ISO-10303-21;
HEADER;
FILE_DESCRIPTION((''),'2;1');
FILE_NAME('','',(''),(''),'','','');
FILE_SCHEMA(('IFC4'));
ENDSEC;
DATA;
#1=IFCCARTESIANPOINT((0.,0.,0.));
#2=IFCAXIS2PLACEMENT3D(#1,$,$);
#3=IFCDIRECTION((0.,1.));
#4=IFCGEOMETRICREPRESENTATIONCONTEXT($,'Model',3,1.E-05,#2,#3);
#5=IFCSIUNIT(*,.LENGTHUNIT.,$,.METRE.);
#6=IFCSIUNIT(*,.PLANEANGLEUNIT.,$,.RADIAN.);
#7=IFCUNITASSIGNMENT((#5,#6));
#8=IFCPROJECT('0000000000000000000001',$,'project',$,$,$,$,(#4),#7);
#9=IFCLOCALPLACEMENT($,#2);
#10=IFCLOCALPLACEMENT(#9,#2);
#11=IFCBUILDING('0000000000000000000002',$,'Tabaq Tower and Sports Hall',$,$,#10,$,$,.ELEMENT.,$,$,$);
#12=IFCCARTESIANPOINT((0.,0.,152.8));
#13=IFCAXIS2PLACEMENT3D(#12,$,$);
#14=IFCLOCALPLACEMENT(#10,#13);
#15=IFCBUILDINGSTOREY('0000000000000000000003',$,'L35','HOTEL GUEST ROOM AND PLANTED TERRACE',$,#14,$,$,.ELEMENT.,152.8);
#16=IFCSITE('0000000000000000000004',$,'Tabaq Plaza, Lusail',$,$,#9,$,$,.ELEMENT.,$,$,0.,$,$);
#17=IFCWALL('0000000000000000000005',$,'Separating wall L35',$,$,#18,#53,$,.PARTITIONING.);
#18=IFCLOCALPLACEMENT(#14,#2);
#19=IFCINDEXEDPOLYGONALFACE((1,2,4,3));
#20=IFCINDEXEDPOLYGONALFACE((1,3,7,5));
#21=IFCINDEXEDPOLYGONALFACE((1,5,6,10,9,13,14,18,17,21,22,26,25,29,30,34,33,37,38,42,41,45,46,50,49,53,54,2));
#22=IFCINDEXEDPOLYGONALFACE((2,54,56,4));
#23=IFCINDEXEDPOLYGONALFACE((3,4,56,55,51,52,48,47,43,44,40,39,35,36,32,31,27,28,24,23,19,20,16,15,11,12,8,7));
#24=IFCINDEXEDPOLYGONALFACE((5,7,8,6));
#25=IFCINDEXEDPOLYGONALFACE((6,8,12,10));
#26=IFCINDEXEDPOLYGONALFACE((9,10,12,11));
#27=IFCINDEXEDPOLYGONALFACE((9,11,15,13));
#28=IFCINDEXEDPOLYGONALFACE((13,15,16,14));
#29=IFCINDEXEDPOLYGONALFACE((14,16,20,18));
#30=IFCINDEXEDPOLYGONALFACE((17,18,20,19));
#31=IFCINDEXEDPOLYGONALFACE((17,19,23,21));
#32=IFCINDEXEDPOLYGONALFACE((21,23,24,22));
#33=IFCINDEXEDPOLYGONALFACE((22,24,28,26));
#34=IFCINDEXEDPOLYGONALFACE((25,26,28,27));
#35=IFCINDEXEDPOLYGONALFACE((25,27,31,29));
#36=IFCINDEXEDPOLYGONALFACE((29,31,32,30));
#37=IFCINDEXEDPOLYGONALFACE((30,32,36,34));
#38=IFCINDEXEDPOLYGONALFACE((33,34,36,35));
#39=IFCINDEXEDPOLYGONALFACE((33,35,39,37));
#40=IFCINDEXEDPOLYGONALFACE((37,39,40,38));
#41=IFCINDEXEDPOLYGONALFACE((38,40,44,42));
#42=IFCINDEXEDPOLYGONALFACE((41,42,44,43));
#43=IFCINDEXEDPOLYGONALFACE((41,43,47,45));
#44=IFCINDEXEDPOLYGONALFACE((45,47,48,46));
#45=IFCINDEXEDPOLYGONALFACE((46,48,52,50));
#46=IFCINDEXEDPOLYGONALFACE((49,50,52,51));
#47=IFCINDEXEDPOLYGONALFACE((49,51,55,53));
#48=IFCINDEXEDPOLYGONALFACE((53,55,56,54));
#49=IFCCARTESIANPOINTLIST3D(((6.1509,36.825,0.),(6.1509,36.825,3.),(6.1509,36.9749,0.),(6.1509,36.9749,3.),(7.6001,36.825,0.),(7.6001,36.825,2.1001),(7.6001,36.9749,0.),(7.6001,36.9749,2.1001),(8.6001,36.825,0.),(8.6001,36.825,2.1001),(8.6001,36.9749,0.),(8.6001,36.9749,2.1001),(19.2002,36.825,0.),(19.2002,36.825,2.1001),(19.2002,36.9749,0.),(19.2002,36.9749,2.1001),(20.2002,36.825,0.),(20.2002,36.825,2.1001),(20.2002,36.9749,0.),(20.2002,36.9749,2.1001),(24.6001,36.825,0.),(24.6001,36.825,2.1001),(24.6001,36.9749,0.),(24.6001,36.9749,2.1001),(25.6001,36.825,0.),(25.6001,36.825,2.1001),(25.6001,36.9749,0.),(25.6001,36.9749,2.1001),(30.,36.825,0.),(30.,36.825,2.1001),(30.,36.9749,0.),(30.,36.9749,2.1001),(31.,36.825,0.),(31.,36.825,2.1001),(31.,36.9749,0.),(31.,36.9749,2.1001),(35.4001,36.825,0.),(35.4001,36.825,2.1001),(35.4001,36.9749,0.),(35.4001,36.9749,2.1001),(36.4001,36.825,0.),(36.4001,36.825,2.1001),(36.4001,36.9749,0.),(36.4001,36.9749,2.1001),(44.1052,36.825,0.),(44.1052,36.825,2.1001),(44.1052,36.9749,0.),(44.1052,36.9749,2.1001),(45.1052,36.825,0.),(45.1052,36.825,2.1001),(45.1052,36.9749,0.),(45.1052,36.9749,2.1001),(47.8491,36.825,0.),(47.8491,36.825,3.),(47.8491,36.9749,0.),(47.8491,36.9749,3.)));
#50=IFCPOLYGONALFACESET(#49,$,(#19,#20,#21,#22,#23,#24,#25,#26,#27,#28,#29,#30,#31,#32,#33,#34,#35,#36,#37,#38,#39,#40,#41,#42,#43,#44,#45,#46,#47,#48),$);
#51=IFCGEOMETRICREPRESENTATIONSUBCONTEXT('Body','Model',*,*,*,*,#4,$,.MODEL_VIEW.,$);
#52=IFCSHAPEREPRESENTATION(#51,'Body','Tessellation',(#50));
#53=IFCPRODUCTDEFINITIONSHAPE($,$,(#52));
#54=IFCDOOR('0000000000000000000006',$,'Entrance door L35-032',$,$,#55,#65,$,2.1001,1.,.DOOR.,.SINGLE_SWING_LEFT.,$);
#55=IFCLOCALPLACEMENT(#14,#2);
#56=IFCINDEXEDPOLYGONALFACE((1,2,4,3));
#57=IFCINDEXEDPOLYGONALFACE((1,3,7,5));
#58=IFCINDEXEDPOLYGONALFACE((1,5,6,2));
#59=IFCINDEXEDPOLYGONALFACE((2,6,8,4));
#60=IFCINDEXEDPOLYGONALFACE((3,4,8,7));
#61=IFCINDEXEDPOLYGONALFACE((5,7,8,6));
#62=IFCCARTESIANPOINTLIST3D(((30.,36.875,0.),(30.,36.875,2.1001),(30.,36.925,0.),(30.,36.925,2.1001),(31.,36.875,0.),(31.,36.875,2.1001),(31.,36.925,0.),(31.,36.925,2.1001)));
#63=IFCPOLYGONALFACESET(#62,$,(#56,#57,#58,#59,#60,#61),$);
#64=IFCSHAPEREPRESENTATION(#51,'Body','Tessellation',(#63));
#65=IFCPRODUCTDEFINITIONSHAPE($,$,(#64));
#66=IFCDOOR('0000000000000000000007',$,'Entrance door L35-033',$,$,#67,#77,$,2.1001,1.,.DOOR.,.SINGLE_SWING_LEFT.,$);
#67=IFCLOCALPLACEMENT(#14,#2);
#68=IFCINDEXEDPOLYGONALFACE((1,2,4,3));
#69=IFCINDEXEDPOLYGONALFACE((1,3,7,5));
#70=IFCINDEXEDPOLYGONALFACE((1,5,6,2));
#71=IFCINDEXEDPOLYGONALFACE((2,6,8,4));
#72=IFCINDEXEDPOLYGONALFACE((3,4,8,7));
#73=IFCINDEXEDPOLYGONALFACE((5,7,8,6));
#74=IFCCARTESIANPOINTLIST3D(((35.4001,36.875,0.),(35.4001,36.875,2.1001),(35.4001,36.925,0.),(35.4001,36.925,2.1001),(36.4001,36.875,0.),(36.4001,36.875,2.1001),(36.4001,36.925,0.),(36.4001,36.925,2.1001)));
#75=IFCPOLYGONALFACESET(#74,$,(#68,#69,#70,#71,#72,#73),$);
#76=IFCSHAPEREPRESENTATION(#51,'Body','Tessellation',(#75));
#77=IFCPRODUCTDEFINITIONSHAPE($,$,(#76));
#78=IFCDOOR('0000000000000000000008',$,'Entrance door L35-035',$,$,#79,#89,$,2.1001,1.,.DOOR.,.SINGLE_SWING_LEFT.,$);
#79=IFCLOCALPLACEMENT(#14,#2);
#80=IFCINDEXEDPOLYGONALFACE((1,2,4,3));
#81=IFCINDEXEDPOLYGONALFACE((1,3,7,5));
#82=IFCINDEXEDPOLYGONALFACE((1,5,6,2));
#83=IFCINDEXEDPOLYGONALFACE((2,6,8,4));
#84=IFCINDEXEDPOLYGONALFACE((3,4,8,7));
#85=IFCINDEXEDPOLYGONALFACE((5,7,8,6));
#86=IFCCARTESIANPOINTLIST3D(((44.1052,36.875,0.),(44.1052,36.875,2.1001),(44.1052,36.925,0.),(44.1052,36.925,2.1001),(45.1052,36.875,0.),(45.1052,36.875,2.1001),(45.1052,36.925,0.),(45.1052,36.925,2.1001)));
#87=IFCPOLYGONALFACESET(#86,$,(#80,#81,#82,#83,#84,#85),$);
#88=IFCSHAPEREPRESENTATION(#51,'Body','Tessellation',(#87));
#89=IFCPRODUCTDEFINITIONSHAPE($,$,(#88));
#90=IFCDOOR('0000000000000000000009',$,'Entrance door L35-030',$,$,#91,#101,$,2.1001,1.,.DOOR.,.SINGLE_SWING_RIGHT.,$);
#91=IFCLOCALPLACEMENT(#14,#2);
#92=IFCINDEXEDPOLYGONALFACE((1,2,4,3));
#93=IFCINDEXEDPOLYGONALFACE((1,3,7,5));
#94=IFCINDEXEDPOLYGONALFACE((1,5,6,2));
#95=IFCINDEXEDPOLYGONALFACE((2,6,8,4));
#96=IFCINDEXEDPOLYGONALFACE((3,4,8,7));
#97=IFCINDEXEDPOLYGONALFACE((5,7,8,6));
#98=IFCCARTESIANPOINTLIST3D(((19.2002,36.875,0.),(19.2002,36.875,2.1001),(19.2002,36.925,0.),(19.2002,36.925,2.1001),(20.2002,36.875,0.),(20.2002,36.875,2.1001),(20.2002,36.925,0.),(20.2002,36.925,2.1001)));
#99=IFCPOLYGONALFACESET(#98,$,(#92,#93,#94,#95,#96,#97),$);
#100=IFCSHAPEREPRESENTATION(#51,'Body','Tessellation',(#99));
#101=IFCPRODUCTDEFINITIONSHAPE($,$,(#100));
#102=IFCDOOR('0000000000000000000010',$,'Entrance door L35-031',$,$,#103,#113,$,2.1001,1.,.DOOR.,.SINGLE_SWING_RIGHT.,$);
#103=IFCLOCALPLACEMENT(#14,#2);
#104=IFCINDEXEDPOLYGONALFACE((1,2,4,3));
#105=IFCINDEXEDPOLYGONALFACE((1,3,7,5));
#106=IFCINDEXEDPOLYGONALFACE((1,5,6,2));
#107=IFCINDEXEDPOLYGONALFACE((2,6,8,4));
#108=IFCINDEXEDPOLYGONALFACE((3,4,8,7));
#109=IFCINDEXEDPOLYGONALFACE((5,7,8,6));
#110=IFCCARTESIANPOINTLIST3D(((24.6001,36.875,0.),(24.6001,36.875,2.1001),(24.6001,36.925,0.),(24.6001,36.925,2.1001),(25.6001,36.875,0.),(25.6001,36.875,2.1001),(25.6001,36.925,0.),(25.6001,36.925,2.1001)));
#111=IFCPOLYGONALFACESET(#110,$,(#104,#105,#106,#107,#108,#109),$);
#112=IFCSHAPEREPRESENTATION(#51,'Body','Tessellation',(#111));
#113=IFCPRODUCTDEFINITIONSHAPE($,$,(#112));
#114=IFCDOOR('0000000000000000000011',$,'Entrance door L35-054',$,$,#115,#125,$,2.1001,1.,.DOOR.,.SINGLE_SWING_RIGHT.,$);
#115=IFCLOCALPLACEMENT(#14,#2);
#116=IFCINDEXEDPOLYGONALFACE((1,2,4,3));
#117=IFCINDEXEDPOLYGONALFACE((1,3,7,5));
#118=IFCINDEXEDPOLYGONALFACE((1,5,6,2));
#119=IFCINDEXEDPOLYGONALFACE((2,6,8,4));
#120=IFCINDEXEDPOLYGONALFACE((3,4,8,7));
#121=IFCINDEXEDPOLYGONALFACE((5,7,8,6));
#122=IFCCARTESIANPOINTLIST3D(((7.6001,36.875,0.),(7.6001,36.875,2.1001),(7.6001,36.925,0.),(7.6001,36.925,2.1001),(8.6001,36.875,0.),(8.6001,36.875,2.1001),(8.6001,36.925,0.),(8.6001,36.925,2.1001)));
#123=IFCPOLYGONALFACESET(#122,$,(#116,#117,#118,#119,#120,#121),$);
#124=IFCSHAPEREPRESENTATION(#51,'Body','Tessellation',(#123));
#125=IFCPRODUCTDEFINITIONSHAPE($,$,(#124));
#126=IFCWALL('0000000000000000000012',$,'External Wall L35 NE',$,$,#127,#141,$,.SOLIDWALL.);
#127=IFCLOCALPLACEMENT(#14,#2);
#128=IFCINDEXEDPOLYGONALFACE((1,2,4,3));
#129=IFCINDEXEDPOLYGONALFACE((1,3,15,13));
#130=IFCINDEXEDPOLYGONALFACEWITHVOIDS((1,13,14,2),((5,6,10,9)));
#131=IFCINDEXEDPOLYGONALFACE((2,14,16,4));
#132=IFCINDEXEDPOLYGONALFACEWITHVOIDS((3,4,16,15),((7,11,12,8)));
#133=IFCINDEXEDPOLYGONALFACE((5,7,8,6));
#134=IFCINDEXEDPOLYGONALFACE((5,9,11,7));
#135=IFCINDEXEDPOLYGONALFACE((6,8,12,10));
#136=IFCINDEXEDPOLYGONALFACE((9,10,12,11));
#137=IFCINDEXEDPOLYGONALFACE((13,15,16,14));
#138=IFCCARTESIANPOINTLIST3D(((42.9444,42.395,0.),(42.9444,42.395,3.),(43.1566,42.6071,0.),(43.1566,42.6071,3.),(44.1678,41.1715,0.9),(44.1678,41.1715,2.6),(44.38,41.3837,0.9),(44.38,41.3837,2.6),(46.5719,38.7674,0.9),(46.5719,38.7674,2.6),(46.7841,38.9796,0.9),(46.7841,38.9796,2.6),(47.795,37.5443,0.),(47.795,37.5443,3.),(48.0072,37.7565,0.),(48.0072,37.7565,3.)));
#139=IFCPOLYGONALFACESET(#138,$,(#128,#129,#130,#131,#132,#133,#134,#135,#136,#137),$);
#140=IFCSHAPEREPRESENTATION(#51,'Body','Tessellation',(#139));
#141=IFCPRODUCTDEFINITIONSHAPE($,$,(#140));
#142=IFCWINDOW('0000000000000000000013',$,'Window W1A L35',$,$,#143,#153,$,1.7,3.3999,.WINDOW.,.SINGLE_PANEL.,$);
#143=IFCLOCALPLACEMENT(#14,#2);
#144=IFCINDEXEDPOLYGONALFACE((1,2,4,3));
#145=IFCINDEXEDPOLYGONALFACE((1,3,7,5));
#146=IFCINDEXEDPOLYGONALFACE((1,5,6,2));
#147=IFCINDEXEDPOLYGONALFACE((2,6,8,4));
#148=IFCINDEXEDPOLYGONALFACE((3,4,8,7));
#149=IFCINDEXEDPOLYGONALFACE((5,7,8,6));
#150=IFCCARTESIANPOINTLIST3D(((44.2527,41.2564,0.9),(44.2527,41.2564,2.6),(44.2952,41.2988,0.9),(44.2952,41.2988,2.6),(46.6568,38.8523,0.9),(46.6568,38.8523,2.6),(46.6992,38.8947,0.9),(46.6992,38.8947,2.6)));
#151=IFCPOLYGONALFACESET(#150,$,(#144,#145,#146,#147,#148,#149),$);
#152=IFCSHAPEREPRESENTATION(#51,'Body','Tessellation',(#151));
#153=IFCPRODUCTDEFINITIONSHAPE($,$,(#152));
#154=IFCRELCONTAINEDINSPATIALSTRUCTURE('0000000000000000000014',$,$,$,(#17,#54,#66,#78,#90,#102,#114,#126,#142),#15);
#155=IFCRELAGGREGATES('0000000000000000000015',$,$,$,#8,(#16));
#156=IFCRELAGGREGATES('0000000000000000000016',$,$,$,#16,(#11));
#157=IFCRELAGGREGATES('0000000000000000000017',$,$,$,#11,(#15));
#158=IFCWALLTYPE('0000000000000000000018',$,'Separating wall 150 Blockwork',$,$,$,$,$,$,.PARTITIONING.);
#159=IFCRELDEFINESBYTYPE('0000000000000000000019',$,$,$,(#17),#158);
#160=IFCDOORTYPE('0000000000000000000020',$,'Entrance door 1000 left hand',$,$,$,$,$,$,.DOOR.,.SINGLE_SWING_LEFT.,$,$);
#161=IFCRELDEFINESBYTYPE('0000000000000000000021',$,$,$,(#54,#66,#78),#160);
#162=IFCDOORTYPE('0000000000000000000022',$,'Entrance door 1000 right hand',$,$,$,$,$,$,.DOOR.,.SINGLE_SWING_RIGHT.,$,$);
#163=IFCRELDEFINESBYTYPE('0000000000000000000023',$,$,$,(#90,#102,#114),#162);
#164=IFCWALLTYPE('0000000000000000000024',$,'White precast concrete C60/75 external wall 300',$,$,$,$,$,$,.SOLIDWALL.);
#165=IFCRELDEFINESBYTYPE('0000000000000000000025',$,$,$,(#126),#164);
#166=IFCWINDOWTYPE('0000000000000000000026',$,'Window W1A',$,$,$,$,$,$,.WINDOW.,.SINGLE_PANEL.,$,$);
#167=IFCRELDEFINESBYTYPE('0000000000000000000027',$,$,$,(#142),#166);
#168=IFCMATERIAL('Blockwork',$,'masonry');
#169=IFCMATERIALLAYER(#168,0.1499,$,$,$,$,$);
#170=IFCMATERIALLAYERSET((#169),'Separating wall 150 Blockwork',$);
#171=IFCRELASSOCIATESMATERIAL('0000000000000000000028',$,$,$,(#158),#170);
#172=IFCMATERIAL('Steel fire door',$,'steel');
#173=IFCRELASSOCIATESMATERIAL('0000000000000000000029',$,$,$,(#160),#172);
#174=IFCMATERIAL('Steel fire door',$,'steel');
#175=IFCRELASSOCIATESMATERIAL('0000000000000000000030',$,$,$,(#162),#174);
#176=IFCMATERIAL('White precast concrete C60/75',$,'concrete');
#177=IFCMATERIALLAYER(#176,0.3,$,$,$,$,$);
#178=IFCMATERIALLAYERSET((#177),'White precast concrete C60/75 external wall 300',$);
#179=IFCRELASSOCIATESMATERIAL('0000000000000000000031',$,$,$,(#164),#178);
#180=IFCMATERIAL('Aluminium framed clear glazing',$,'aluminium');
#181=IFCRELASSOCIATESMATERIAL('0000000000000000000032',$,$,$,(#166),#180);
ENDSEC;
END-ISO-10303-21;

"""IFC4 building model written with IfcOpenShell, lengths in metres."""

from ifc_helpers import new_model, si_unit, direction, frame, frame_2d, origin, place, context, subcontext, project, spatial, rectangle, extrude, material, layer, layer_set, type_object, element, fill, save


model = new_model("IFC4")

# Units and contexts
model_context = context("Model", 3, precision=1e-05, world=origin(), true_north=direction((0.0, 1.0)))
body_context = subcontext(model_context, "Body", "Model", "MODEL_VIEW")
ifc_project = project(units=[si_unit("LENGTHUNIT", "METRE"), si_unit("PLANEANGLEUNIT", "RADIAN")], contexts=[model_context])

# Site, building, storey
site_placement = place(None, origin())
site = spatial("IfcSite", under=ifc_project, at=site_placement, Name="Tabaq Plaza, Lusail", CompositionType="ELEMENT", RefElevation=0.0)
building_placement = place(site_placement, origin())
building = spatial("IfcBuilding", under=site, at=building_placement, Name="Tabaq Tower and Sports Hall", CompositionType="ELEMENT")
storey_placement = place(building_placement, frame((0.0, 0.0, 152.8)))
storey = spatial("IfcBuildingStorey", under=building, at=storey_placement, Name="L35", Description="HOTEL GUEST ROOM AND PLANTED TERRACE", CompositionType="ELEMENT", Elevation=152.8)

# Wall, openings, doors
ifc_material_1 = material(Name="Blockwork", Category="masonry")
ifc_layer_1 = layer(ifc_material_1, 0.1499)
ifc_layer_set_1 = layer_set([ifc_layer_1], Name="Separating wall 150 Blockwork")
wall_type_1 = type_object("IfcWallType", Name="Separating wall 150 Blockwork", PredefinedType="PARTITIONING", material=ifc_layer_set_1)
wall_1_placement = place(storey_placement, frame((47.8491, 36.8999, 0.0), z_axis=(0.0, 0.0, 1.0), x_axis=(-1.0, 0.0, 0.0)))
wall_1 = element("IfcWall", 1, at=wall_1_placement, inside=storey, type_object=wall_type_1, Name="Separating wall L35", PredefinedType="PARTITIONING", context=body_context, shape_type="SweptSolid", body=[
    extrude(rectangle(XDim=41.6982, YDim=0.1499, at=frame_2d((20.8491, 0.0))), origin(), (0.0, 0.0, 1.0), 3.0),
])
opening_1_placement = place(wall_1_placement, frame((27.6489, 0.0, 0.0)))
opening_1 = element("IfcOpeningElement", 2, at=opening_1_placement, cuts=wall_1, PredefinedType="OPENING", context=body_context, shape_type="SweptSolid", body=[
    extrude(rectangle(XDim=1.0, YDim=2.1001, at=frame_2d((0.5, 1.05))), frame((0.0, 0.075, 0.0), z_axis=(0.0, -1.0, 0.0), x_axis=(1.0, 0.0, 0.0)), (0.0, 0.0, 1.0), 0.1499),
])
opening_2_placement = place(wall_1_placement, frame((22.249, 0.0, 0.0)))
opening_2 = element("IfcOpeningElement", 3, at=opening_2_placement, cuts=wall_1, PredefinedType="OPENING", context=body_context, shape_type="SweptSolid", body=[
    extrude(rectangle(XDim=1.0, YDim=2.1001, at=frame_2d((0.5, 1.05))), frame((0.0, 0.075, 0.0), z_axis=(0.0, -1.0, 0.0), x_axis=(1.0, 0.0, 0.0)), (0.0, 0.0, 1.0), 0.1499),
])
opening_3_placement = place(wall_1_placement, frame((16.8491, 0.0, 0.0)))
opening_3 = element("IfcOpeningElement", 4, at=opening_3_placement, cuts=wall_1, PredefinedType="OPENING", context=body_context, shape_type="SweptSolid", body=[
    extrude(rectangle(XDim=1.0, YDim=2.1001, at=frame_2d((0.5, 1.05))), frame((0.0, 0.075, 0.0), z_axis=(0.0, -1.0, 0.0), x_axis=(1.0, 0.0, 0.0)), (0.0, 0.0, 1.0), 0.1499),
])
opening_4_placement = place(wall_1_placement, frame((11.449, 0.0, 0.0)))
opening_4 = element("IfcOpeningElement", 5, at=opening_4_placement, cuts=wall_1, PredefinedType="OPENING", context=body_context, shape_type="SweptSolid", body=[
    extrude(rectangle(XDim=1.0, YDim=2.1001, at=frame_2d((0.5, 1.05))), frame((0.0, 0.075, 0.0), z_axis=(0.0, -1.0, 0.0), x_axis=(1.0, 0.0, 0.0)), (0.0, 0.0, 1.0), 0.1499),
])
opening_5_placement = place(wall_1_placement, frame((2.7439, 0.0, 0.0)))
opening_5 = element("IfcOpeningElement", 6, at=opening_5_placement, cuts=wall_1, PredefinedType="OPENING", context=body_context, shape_type="SweptSolid", body=[
    extrude(rectangle(XDim=1.0, YDim=2.1001, at=frame_2d((0.5, 1.05))), frame((0.0, 0.075, 0.0), z_axis=(0.0, -1.0, 0.0), x_axis=(1.0, 0.0, 0.0)), (0.0, 0.0, 1.0), 0.1499),
])
opening_6_placement = place(wall_1_placement, frame((39.249, 0.0, 0.0)))
opening_6 = element("IfcOpeningElement", 7, at=opening_6_placement, cuts=wall_1, PredefinedType="OPENING", context=body_context, shape_type="SweptSolid", body=[
    extrude(rectangle(XDim=1.0, YDim=2.1001, at=frame_2d((0.5, 1.05))), frame((0.0, 0.075, 0.0), z_axis=(0.0, -1.0, 0.0), x_axis=(1.0, 0.0, 0.0)), (0.0, 0.0, 1.0), 0.1499),
])
ifc_material_2 = material(Name="Steel fire door", Category="steel")
door_type_1 = type_object("IfcDoorType", Name="Entrance door 1000 left hand", OperationType="SINGLE_SWING_LEFT", PredefinedType="DOOR", material=ifc_material_2)
door_1_placement = place(opening_3_placement, origin())
door_1 = element("IfcDoor", 8, at=door_1_placement, inside=storey, type_object=door_type_1, Name="Entrance door L35-032", OperationType="SINGLE_SWING_LEFT", OverallHeight=2.1001, OverallWidth=1.0, PredefinedType="DOOR", context=body_context, shape_type="SweptSolid", body=[
    extrude(rectangle(XDim=1.0, YDim=2.1001, at=frame_2d((0.5, 1.05))), frame((0.0, 0.0249, 0.0), z_axis=(0.0, -1.0, 0.0), x_axis=(1.0, 0.0, 0.0)), (0.0, 0.0, 1.0), 0.05),
])
fill(opening_3, door_1)
door_2_placement = place(opening_4_placement, origin())
door_2 = element("IfcDoor", 9, at=door_2_placement, inside=storey, type_object=door_type_1, Name="Entrance door L35-033", OperationType="SINGLE_SWING_LEFT", OverallHeight=2.1001, OverallWidth=1.0, PredefinedType="DOOR", context=body_context, shape_type="SweptSolid", body=[
    extrude(rectangle(XDim=1.0, YDim=2.1001, at=frame_2d((0.5, 1.05))), frame((0.0, 0.0249, 0.0), z_axis=(0.0, -1.0, 0.0), x_axis=(1.0, 0.0, 0.0)), (0.0, 0.0, 1.0), 0.05),
])
fill(opening_4, door_2)
door_3_placement = place(opening_5_placement, origin())
door_3 = element("IfcDoor", 10, at=door_3_placement, inside=storey, type_object=door_type_1, Name="Entrance door L35-035", OperationType="SINGLE_SWING_LEFT", OverallHeight=2.1001, OverallWidth=1.0, PredefinedType="DOOR", context=body_context, shape_type="SweptSolid", body=[
    extrude(rectangle(XDim=1.0, YDim=2.1001, at=frame_2d((0.5, 1.05))), frame((0.0, 0.0249, 0.0), z_axis=(0.0, -1.0, 0.0), x_axis=(1.0, 0.0, 0.0)), (0.0, 0.0, 1.0), 0.05),
])
fill(opening_5, door_3)
ifc_material_3 = material(Name="Steel fire door", Category="steel")
door_type_2 = type_object("IfcDoorType", Name="Entrance door 1000 right hand", OperationType="SINGLE_SWING_RIGHT", PredefinedType="DOOR", material=ifc_material_3)
door_4_placement = place(opening_1_placement, origin())
door_4 = element("IfcDoor", 11, at=door_4_placement, inside=storey, type_object=door_type_2, Name="Entrance door L35-030", OperationType="SINGLE_SWING_RIGHT", OverallHeight=2.1001, OverallWidth=1.0, PredefinedType="DOOR", context=body_context, shape_type="SweptSolid", body=[
    extrude(rectangle(XDim=1.0, YDim=2.1001, at=frame_2d((0.5, 1.05))), frame((0.0, 0.0249, 0.0), z_axis=(0.0, -1.0, 0.0), x_axis=(1.0, 0.0, 0.0)), (0.0, 0.0, 1.0), 0.05),
])
fill(opening_1, door_4)
door_5_placement = place(opening_2_placement, origin())
door_5 = element("IfcDoor", 12, at=door_5_placement, inside=storey, type_object=door_type_2, Name="Entrance door L35-031", OperationType="SINGLE_SWING_RIGHT", OverallHeight=2.1001, OverallWidth=1.0, PredefinedType="DOOR", context=body_context, shape_type="SweptSolid", body=[
    extrude(rectangle(XDim=1.0, YDim=2.1001, at=frame_2d((0.5, 1.05))), frame((0.0, 0.0249, 0.0), z_axis=(0.0, -1.0, 0.0), x_axis=(1.0, 0.0, 0.0)), (0.0, 0.0, 1.0), 0.05),
])
fill(opening_2, door_5)
door_6_placement = place(opening_6_placement, origin())
door_6 = element("IfcDoor", 13, at=door_6_placement, inside=storey, type_object=door_type_2, Name="Entrance door L35-054", OperationType="SINGLE_SWING_RIGHT", OverallHeight=2.1001, OverallWidth=1.0, PredefinedType="DOOR", context=body_context, shape_type="SweptSolid", body=[
    extrude(rectangle(XDim=1.0, YDim=2.1001, at=frame_2d((0.5, 1.05))), frame((0.0, 0.0249, 0.0), z_axis=(0.0, -1.0, 0.0), x_axis=(1.0, 0.0, 0.0)), (0.0, 0.0, 1.0), 0.05),
])
fill(opening_6, door_6)

# Wall, opening, window
ifc_material_4 = material(Name="White precast concrete C60/75", Category="concrete")
ifc_layer_2 = layer(ifc_material_4, 0.3)
ifc_layer_set_2 = layer_set([ifc_layer_2], Name="White precast concrete C60/75 external wall 300")
wall_type_2 = type_object("IfcWallType", Name="White precast concrete C60/75 external wall 300", PredefinedType="SOLIDWALL", material=ifc_layer_set_2)
wall_2_placement = place(storey_placement, frame((47.9011, 37.6504, 0.0), z_axis=(0.0, 0.0, 1.0), x_axis=(-0.707107, 0.707107, 0.0)))
wall_2 = element("IfcWall", 14, at=wall_2_placement, inside=storey, type_object=wall_type_2, Name="External Wall L35 NE", PredefinedType="SOLIDWALL", context=body_context, shape_type="SweptSolid", body=[
    extrude(rectangle(XDim=6.8599, YDim=0.3, at=frame_2d((3.4299, 0.0))), origin(), (0.0, 0.0, 1.0), 3.0),
])
opening_7_placement = place(wall_2_placement, frame((1.7297, 0.0, 0.8999)))
opening_7 = element("IfcOpeningElement", 15, at=opening_7_placement, cuts=wall_2, PredefinedType="OPENING", context=body_context, shape_type="SweptSolid", body=[
    extrude(rectangle(XDim=3.3999, YDim=1.7, at=frame_2d((1.7, 0.8501))), frame((0.0, 0.1602, 0.0), z_axis=(0.0, -1.0, 0.0), x_axis=(1.0, 0.0, 0.0)), (0.0, 0.0, 1.0), 0.3201),
])
ifc_material_5 = material(Name="Aluminium framed clear glazing", Category="aluminium")
window_type = type_object("IfcWindowType", Name="Window W1A", PartitioningType="SINGLE_PANEL", PredefinedType="WINDOW", material=ifc_material_5)
window_placement = place(opening_7_placement, origin())
window = element("IfcWindow", 16, at=window_placement, inside=storey, type_object=window_type, Name="Window W1A L35", OverallHeight=1.7, OverallWidth=3.3999, PartitioningType="SINGLE_PANEL", PredefinedType="WINDOW", context=body_context, shape_type="SweptSolid", body=[
    extrude(rectangle(XDim=3.3999, YDim=1.7, at=frame_2d((1.7, 0.8501))), frame((0.0, 0.03, 0.0), z_axis=(0.0, -1.0, 0.0), x_axis=(1.0, 0.0, 0.0)), (0.0, 0.0, 1.0), 0.0601),
])
fill(opening_7, window)

save(model, "model.ifc")
